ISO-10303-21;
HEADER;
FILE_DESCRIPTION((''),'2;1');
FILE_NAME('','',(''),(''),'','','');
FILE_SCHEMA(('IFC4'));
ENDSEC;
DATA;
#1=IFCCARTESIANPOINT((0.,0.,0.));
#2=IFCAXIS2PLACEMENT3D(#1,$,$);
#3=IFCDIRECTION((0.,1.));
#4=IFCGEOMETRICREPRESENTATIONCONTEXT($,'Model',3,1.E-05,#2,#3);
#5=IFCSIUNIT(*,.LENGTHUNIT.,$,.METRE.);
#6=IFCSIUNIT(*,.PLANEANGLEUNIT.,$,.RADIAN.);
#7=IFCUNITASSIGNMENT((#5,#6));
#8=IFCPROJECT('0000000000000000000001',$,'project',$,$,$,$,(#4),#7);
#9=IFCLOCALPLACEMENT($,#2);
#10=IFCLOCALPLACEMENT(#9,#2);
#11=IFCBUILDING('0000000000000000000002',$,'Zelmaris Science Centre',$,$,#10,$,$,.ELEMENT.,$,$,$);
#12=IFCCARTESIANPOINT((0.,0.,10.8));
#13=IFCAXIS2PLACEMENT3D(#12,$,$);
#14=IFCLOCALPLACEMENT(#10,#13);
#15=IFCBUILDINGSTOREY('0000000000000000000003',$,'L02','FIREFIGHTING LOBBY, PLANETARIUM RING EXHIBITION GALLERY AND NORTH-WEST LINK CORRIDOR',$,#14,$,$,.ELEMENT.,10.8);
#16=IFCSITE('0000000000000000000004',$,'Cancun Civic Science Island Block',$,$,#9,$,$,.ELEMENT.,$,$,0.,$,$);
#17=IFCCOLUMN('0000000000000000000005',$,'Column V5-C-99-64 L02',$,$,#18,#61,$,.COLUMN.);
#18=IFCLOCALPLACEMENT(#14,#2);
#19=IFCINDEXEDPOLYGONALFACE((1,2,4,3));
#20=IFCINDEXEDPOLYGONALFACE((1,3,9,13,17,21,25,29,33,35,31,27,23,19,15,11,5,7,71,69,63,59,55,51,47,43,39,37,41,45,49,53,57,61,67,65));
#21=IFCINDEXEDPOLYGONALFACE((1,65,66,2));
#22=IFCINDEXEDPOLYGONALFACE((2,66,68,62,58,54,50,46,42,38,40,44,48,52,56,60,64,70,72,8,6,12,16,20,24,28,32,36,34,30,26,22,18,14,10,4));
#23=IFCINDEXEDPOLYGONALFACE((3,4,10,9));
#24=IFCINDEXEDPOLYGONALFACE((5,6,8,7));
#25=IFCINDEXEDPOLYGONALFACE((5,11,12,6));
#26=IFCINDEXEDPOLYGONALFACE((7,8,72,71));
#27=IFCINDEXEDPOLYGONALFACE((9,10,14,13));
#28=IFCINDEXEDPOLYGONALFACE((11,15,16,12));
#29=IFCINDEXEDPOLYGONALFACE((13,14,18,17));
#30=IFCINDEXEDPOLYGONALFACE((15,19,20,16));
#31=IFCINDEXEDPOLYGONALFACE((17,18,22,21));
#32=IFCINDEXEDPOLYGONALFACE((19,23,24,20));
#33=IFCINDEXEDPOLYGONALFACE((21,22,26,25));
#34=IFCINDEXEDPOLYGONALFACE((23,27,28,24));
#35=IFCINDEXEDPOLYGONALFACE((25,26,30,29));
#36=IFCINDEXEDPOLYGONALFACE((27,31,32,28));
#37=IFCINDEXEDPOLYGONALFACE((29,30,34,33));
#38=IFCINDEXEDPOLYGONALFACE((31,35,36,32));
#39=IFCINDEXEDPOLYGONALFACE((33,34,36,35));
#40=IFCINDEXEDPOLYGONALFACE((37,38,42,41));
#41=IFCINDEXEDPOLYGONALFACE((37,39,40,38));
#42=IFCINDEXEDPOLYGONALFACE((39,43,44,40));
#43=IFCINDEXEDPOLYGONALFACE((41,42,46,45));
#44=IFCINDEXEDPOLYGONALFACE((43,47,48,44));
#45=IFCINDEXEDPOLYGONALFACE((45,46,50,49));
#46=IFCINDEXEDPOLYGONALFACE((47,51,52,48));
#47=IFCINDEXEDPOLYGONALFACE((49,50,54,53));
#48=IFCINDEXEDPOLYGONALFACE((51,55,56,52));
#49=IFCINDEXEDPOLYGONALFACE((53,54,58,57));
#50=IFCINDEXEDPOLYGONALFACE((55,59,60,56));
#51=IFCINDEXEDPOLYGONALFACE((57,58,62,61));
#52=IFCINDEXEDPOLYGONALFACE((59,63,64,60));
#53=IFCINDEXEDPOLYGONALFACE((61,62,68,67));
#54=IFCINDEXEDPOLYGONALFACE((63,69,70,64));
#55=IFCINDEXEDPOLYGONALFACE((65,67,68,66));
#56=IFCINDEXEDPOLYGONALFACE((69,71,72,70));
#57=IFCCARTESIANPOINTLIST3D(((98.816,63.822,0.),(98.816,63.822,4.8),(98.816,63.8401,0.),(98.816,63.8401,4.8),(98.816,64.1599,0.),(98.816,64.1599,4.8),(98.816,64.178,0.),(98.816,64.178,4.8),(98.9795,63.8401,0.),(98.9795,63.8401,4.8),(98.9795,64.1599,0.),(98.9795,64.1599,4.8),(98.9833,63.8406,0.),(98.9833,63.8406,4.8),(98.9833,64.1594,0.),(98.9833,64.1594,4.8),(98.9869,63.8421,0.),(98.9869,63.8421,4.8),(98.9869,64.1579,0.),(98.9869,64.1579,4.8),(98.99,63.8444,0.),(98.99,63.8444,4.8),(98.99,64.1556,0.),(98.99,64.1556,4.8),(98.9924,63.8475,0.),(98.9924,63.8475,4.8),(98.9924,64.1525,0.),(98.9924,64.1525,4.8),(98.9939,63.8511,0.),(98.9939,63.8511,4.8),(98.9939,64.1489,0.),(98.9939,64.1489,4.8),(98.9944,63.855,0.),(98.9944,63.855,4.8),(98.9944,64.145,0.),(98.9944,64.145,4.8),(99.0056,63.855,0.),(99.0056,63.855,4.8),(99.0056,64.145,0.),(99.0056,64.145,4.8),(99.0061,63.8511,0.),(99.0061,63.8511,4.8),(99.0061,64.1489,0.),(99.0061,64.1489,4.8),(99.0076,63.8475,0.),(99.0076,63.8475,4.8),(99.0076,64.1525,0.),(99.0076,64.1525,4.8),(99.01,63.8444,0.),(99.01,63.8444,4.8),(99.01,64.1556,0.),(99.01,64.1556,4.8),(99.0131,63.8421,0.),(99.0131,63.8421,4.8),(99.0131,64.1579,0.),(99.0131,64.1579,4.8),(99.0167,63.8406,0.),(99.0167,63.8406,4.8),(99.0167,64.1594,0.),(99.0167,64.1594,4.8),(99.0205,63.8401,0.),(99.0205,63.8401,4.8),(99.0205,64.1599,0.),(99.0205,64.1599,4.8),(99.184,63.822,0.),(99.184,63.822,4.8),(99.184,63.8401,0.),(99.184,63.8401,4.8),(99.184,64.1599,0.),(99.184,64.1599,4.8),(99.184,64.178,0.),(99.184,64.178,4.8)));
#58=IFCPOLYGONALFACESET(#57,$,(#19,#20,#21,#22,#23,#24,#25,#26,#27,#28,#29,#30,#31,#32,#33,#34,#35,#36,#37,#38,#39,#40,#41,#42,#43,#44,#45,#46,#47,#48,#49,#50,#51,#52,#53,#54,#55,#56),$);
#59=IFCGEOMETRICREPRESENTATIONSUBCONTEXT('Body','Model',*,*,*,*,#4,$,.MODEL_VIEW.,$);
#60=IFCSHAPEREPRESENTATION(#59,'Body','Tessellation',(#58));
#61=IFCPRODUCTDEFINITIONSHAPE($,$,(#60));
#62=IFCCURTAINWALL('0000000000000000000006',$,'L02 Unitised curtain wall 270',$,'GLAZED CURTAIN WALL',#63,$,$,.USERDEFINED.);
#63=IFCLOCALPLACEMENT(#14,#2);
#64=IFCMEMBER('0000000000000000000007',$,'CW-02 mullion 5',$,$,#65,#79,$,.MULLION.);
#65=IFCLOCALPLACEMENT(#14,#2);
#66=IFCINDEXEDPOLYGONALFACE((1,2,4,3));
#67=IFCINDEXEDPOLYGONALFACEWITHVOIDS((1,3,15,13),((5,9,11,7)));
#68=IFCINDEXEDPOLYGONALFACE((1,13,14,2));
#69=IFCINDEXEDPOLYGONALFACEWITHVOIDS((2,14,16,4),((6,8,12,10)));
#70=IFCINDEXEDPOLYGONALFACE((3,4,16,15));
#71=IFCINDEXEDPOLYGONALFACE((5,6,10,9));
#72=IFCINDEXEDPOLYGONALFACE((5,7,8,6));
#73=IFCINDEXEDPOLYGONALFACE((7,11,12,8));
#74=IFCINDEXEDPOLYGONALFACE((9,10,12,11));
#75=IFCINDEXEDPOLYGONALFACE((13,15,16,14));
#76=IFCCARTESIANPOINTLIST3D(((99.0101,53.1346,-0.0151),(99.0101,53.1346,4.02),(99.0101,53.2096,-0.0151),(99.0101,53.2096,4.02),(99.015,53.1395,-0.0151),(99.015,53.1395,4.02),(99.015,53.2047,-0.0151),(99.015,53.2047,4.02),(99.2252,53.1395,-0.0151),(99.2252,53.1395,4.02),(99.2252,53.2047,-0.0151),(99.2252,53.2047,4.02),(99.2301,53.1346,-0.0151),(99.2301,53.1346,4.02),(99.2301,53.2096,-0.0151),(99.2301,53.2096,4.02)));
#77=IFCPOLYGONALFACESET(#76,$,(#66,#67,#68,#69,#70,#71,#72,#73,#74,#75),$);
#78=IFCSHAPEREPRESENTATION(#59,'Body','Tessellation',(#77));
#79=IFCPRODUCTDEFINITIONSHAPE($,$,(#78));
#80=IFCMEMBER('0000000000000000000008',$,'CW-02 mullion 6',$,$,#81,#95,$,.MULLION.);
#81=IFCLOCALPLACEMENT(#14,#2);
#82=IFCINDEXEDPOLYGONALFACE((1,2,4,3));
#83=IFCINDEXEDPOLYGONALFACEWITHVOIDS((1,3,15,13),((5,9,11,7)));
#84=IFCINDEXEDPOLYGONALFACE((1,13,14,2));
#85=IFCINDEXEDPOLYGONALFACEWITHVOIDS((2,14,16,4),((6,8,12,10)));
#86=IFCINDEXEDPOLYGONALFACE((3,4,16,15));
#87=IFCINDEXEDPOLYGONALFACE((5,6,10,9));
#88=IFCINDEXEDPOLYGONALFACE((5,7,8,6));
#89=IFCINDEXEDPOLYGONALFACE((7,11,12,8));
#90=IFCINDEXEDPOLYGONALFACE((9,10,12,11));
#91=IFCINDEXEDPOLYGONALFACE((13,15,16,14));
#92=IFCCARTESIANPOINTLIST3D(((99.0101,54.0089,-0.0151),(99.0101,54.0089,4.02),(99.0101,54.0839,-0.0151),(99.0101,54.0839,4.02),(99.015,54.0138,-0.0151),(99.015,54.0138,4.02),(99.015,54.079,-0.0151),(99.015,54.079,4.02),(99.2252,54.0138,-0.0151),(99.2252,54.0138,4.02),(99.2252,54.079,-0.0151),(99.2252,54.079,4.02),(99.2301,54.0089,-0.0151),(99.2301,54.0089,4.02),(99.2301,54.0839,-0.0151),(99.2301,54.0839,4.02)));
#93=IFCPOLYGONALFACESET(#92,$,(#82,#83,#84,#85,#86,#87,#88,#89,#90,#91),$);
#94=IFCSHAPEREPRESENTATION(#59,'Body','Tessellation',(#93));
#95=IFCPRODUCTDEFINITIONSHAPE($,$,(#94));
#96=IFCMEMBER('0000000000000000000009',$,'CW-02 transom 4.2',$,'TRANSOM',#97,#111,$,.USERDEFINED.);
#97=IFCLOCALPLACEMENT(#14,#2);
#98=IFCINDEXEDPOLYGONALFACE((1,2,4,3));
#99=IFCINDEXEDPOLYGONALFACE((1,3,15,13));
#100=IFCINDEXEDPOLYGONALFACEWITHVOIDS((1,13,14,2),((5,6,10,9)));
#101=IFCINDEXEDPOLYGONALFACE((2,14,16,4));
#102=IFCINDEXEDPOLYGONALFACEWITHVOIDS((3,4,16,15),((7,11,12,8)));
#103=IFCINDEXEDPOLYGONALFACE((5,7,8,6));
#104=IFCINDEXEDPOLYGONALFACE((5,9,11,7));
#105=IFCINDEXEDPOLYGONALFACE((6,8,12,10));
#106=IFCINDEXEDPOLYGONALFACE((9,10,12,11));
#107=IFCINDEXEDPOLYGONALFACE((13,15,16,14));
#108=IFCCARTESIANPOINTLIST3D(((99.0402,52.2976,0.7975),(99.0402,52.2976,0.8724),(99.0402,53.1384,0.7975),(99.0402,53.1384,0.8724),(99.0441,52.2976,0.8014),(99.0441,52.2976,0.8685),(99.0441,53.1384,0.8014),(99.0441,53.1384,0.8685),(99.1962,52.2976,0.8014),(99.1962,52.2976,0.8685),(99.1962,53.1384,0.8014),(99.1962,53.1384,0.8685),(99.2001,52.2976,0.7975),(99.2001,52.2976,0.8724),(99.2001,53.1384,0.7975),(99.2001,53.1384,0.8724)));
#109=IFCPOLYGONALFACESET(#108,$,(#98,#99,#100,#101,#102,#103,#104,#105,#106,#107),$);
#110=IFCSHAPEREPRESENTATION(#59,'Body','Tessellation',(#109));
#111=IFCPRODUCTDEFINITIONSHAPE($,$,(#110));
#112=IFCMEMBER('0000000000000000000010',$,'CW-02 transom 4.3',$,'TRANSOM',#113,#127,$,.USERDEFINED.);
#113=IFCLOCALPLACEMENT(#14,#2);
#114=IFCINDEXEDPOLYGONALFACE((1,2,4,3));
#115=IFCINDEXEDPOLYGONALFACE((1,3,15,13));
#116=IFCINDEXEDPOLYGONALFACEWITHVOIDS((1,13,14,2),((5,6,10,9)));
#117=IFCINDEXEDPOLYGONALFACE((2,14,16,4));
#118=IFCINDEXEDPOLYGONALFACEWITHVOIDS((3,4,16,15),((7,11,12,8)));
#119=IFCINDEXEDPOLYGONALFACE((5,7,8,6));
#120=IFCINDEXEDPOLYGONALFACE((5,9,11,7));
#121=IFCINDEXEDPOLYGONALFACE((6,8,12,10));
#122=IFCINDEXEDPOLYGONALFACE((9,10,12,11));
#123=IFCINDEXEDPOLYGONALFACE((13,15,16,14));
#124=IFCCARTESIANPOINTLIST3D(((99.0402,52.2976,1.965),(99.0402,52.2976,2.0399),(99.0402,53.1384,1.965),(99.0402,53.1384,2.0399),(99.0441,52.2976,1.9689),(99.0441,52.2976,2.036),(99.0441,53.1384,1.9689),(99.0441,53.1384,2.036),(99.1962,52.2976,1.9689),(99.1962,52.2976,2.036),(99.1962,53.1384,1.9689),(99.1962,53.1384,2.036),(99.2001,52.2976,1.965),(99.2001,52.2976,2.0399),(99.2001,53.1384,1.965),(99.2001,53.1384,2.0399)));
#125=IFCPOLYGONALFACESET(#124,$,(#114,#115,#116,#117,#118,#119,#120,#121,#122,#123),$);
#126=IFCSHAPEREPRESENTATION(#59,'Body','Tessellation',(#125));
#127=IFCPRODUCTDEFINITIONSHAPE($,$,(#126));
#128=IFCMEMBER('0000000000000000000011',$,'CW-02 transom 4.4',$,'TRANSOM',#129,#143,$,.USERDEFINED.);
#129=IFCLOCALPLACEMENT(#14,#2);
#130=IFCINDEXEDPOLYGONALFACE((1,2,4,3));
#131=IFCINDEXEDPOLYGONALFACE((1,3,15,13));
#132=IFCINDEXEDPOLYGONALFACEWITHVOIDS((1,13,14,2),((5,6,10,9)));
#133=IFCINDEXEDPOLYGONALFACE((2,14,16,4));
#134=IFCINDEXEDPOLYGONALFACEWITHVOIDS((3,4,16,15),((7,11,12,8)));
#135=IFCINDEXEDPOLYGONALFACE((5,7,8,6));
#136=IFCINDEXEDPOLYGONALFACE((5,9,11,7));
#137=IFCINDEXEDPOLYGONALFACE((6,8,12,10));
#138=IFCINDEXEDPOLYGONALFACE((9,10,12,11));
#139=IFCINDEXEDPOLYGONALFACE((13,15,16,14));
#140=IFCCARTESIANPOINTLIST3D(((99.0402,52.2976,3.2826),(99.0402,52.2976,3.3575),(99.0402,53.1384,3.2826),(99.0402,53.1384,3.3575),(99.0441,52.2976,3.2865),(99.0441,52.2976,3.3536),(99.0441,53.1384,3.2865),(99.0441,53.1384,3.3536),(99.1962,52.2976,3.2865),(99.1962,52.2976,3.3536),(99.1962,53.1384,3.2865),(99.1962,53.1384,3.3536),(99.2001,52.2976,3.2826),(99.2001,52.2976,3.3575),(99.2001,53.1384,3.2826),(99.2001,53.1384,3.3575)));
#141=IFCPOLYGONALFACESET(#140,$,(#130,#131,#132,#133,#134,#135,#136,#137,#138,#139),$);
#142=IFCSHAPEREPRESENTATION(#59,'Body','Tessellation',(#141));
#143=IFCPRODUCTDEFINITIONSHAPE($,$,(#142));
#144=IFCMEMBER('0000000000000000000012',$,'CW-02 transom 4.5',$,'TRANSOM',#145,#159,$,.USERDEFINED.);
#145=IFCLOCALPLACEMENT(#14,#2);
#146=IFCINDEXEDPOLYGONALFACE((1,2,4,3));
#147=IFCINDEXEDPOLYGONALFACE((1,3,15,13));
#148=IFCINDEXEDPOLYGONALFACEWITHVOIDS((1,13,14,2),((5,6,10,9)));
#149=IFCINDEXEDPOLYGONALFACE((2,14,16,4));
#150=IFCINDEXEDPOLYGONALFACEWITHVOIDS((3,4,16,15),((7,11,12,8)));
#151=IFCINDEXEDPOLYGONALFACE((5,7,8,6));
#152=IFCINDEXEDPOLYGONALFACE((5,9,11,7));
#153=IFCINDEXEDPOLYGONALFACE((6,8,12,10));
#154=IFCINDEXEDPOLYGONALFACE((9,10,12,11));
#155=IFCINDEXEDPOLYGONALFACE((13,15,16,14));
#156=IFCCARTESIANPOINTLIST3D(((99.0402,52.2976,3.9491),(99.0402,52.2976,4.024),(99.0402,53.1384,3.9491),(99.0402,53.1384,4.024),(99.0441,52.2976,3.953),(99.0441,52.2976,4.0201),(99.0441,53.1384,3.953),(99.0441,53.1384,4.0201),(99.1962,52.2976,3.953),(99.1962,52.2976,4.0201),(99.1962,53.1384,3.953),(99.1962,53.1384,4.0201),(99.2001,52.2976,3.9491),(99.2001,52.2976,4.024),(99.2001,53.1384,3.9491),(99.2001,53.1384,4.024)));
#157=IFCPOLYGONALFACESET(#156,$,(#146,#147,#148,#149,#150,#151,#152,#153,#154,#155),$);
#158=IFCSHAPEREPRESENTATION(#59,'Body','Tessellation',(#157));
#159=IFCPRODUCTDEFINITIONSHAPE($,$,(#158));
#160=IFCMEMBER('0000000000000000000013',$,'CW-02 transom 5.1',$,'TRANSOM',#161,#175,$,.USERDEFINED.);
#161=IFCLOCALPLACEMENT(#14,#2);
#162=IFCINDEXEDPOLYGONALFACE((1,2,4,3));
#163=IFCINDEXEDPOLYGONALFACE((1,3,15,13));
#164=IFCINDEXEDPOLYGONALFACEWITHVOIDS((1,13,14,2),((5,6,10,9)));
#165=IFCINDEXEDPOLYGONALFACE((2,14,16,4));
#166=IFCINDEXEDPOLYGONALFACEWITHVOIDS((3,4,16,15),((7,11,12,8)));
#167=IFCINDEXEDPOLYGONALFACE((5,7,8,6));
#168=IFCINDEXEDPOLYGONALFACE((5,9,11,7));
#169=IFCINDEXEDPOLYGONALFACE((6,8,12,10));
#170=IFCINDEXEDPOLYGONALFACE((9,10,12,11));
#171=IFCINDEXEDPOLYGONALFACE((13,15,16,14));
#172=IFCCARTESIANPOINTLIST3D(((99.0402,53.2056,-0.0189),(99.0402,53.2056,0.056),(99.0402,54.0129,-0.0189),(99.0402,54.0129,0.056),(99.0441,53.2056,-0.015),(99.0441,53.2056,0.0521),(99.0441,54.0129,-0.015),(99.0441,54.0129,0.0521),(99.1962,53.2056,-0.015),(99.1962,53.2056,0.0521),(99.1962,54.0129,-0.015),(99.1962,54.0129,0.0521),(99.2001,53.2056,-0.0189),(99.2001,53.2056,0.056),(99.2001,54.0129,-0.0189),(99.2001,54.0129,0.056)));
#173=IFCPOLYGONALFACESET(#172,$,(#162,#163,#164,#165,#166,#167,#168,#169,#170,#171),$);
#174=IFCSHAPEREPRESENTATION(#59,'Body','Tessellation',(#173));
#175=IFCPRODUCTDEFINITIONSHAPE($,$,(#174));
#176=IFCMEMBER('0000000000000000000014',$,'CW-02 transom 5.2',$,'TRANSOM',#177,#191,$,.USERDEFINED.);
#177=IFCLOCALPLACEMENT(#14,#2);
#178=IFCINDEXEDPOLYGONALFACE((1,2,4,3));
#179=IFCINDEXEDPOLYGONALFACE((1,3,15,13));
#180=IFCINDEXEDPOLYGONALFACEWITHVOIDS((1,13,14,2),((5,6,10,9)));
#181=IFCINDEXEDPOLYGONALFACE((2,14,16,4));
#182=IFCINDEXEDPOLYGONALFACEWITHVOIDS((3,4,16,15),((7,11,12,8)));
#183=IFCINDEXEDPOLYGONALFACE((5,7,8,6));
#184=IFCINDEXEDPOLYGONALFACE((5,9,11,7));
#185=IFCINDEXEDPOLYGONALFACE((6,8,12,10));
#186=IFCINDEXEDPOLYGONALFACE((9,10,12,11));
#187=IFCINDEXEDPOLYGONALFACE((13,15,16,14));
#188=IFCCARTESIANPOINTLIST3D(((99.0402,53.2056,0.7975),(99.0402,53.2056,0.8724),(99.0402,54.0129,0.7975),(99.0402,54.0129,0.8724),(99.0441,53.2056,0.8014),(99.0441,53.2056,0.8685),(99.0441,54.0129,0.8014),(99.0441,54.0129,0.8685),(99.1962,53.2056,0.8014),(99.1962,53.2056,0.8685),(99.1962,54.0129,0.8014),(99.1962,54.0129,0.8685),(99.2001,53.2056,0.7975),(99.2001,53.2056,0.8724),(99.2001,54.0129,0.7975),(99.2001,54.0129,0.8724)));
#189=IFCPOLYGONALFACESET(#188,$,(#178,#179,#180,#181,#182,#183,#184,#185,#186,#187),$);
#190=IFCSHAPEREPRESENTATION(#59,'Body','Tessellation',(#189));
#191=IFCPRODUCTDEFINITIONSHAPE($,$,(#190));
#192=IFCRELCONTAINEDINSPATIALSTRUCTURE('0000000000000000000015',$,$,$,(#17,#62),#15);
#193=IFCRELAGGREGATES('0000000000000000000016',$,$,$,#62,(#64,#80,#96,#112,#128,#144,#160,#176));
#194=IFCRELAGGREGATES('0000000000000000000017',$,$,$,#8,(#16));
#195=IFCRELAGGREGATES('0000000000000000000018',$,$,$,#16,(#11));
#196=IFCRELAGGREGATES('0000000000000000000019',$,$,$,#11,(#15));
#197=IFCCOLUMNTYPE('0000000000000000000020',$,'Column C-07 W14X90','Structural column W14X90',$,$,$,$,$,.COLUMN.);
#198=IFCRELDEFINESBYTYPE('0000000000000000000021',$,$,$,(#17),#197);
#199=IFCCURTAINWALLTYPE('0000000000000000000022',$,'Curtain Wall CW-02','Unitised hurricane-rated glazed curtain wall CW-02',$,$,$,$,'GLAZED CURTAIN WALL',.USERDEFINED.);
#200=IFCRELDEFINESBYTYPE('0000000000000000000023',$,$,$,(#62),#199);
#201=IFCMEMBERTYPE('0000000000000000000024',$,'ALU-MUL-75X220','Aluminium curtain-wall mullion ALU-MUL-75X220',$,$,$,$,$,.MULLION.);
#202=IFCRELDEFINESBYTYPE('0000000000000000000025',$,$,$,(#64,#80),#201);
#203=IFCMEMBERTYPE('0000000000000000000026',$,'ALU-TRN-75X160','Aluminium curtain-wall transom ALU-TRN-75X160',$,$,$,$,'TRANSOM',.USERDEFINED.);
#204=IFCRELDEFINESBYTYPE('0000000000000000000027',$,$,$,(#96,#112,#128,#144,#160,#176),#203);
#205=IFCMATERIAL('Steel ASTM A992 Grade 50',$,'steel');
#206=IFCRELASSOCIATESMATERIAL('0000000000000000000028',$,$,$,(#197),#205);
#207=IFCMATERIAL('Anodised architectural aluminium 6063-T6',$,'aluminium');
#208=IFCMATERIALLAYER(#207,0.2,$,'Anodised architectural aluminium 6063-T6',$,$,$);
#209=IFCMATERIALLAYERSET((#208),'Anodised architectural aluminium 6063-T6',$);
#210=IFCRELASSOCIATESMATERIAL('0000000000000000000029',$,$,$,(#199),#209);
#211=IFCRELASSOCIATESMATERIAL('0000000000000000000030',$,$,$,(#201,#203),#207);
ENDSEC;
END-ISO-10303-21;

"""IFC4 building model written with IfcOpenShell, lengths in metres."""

from ifc_helpers import new_model, si_unit, direction, frame, origin, origin_2d, place, context, subcontext, project, spatial, hollow_rectangle, i_section, extrude, material, layer, layer_set, material_profile, profile_set, type_object, element, aggregate, save


model = new_model("IFC4")

# Units and contexts
model_context = context("Model", 3, precision=1e-05, world=origin(), true_north=direction((0.0, 1.0)))
body_context = subcontext(model_context, "Body", "Model", "MODEL_VIEW")
ifc_project = project(units=[si_unit("LENGTHUNIT", "METRE"), si_unit("PLANEANGLEUNIT", "RADIAN")], contexts=[model_context])

# Site, building, storey
site_placement = place(None, origin())
site = spatial("IfcSite", under=ifc_project, at=site_placement, Name="Cancun Civic Science Island Block", CompositionType="ELEMENT", RefElevation=0.0)
building_placement = place(site_placement, origin())
building = spatial("IfcBuilding", under=site, at=building_placement, Name="Zelmaris Science Centre", CompositionType="ELEMENT")
storey_placement = place(building_placement, frame((0.0, 0.0, 10.8)))
storey = spatial("IfcBuildingStorey", under=building, at=storey_placement, Name="L02", Description="FIREFIGHTING LOBBY, PLANETARIUM RING EXHIBITION GALLERY AND NORTH-WEST LINK CORRIDOR", CompositionType="ELEMENT", Elevation=10.8)

# Column
ifc_material_1 = material(Name="Steel ASTM A992 Grade 50", Category="steel")
ifc_material_profile_1 = material_profile(ifc_material_1, i_section(OverallWidth=0.3679, OverallDepth=0.356, WebThickness=0.0112, FlangeThickness=0.0181, FilletRadius=0.0149, at=origin_2d()), Name="W14X90")
ifc_profile_set_1 = profile_set([ifc_material_profile_1], Name="Steel ASTM A992 Grade 50")
column_type = type_object("IfcColumnType", Name="Column C-07 W14X90", Description="Structural column W14X90", PredefinedType="COLUMN", material=ifc_profile_set_1)
column_placement = place(storey_placement, frame((99.0, 64.0, 0.0), z_axis=(0.0, 0.0, 1.0), x_axis=(1.0, 0.0, 0.0)))
element("IfcColumn", 1, at=column_placement, inside=storey, type_object=column_type, Name="Column V5-C-99-64 L02", PredefinedType="COLUMN", context=body_context, shape_type="SweptSolid", body=[
    extrude(i_section(OverallWidth=0.3679, OverallDepth=0.356, WebThickness=0.0112, FlangeThickness=0.0181, FilletRadius=0.0149, at=origin_2d()), origin(), (0.0, 0.0, 1.0), 4.8),
])

# Curtain wall, members
ifc_material_2 = material(Name="Anodised architectural aluminium 6063-T6", Category="aluminium")
ifc_layer_1 = layer(ifc_material_2, 0.2, Name="Anodised architectural aluminium 6063-T6")
ifc_layer_set_1 = layer_set([ifc_layer_1], Name="Anodised architectural aluminium 6063-T6")
curtain_wall_type = type_object("IfcCurtainWallType", Name="Curtain Wall CW-02", Description="Unitised hurricane-rated glazed curtain wall CW-02", ElementType="GLAZED CURTAIN WALL", PredefinedType="USERDEFINED", material=ifc_layer_set_1)
curtain_wall_placement = place(storey_placement, origin())
curtain_wall = element("IfcCurtainWall", 2, at=curtain_wall_placement, inside=storey, type_object=curtain_wall_type, Name="L02 Unitised curtain wall 270", ObjectType="GLAZED CURTAIN WALL", PredefinedType="USERDEFINED")
ifc_material_profile_2 = material_profile(ifc_material_2, hollow_rectangle(XDim=0.075, YDim=0.22, WallThickness=0.0049, at=origin_2d()), Name="ALU-MUL-75X220")
ifc_profile_set_2 = profile_set([ifc_material_profile_2], Name="Anodised architectural aluminium 6063-T6")
member_type_1 = type_object("IfcMemberType", Name="ALU-MUL-75X220", Description="Aluminium curtain-wall mullion ALU-MUL-75X220", PredefinedType="MULLION", material=ifc_profile_set_2)
member_1_placement = place(storey_placement, frame((99.1201, 53.1721, -0.0151), z_axis=(0.0, 0.0, 1.0), x_axis=(-0.000005, 1.0, 0.0)))
member_1 = element("IfcMember", 3, at=member_1_placement, type_object=member_type_1, Name="CW-02 mullion 5", PredefinedType="MULLION", context=body_context, shape_type="SweptSolid", body=[
    extrude(hollow_rectangle(XDim=0.075, YDim=0.22, WallThickness=0.0049, at=origin_2d()), origin(), (0.0, 0.0, 1.0), 4.0352),
])
member_2_placement = place(storey_placement, frame((99.1201, 54.0464, -0.0151), z_axis=(0.0, 0.0, 1.0), x_axis=(-0.000005, 1.0, 0.0)))
member_2 = element("IfcMember", 4, at=member_2_placement, type_object=member_type_1, Name="CW-02 mullion 6", PredefinedType="MULLION", context=body_context, shape_type="SweptSolid", body=[
    extrude(hollow_rectangle(XDim=0.075, YDim=0.22, WallThickness=0.0049, at=origin_2d()), origin(), (0.0, 0.0, 1.0), 4.0352),
])
ifc_material_profile_3 = material_profile(ifc_material_2, hollow_rectangle(XDim=0.075, YDim=0.1599, WallThickness=0.0039, at=origin_2d()), Name="ALU-TRN-75X160")
ifc_profile_set_3 = profile_set([ifc_material_profile_3], Name="Anodised architectural aluminium 6063-T6")
member_type_2 = type_object("IfcMemberType", Name="ALU-TRN-75X160", Description="Aluminium curtain-wall transom ALU-TRN-75X160", ElementType="TRANSOM", PredefinedType="USERDEFINED", material=ifc_profile_set_3)
member_3_placement = place(storey_placement, frame((99.1201, 52.2976, 0.835), z_axis=(0.0, 1.0, 0.0), x_axis=(0.0, 0.0, 1.0)))
member_3 = element("IfcMember", 5, at=member_3_placement, type_object=member_type_2, Name="CW-02 transom 4.2", ObjectType="TRANSOM", PredefinedType="USERDEFINED", context=body_context, shape_type="SweptSolid", body=[
    extrude(hollow_rectangle(XDim=0.075, YDim=0.1599, WallThickness=0.0039, at=origin_2d()), origin(), (0.0, 0.0, 1.0), 0.8408),
])
member_4_placement = place(storey_placement, frame((99.1201, 52.2976, 2.0024), z_axis=(0.0, 1.0, 0.0), x_axis=(0.0, 0.0, 1.0)))
member_4 = element("IfcMember", 6, at=member_4_placement, type_object=member_type_2, Name="CW-02 transom 4.3", ObjectType="TRANSOM", PredefinedType="USERDEFINED", context=body_context, shape_type="SweptSolid", body=[
    extrude(hollow_rectangle(XDim=0.075, YDim=0.1599, WallThickness=0.0039, at=origin_2d()), origin(), (0.0, 0.0, 1.0), 0.8408),
])
member_5_placement = place(storey_placement, frame((99.1201, 52.2976, 3.3201), z_axis=(0.0, 1.0, 0.0), x_axis=(0.0, 0.0, 1.0)))
member_5 = element("IfcMember", 7, at=member_5_placement, type_object=member_type_2, Name="CW-02 transom 4.4", ObjectType="TRANSOM", PredefinedType="USERDEFINED", context=body_context, shape_type="SweptSolid", body=[
    extrude(hollow_rectangle(XDim=0.075, YDim=0.1599, WallThickness=0.0039, at=origin_2d()), origin(), (0.0, 0.0, 1.0), 0.8408),
])
member_6_placement = place(storey_placement, frame((99.1201, 52.2976, 3.9866), z_axis=(0.0, 1.0, 0.0), x_axis=(0.0, 0.0, 1.0)))
member_6 = element("IfcMember", 8, at=member_6_placement, type_object=member_type_2, Name="CW-02 transom 4.5", ObjectType="TRANSOM", PredefinedType="USERDEFINED", context=body_context, shape_type="SweptSolid", body=[
    extrude(hollow_rectangle(XDim=0.075, YDim=0.1599, WallThickness=0.0039, at=origin_2d()), origin(), (0.0, 0.0, 1.0), 0.8408),
])
member_7_placement = place(storey_placement, frame((99.1201, 53.2056, 0.0186), z_axis=(0.0, 1.0, 0.0), x_axis=(0.0, 0.0, 1.0)))
member_7 = element("IfcMember", 9, at=member_7_placement, type_object=member_type_2, Name="CW-02 transom 5.1", ObjectType="TRANSOM", PredefinedType="USERDEFINED", context=body_context, shape_type="SweptSolid", body=[
    extrude(hollow_rectangle(XDim=0.075, YDim=0.1599, WallThickness=0.0039, at=origin_2d()), origin(), (0.0, 0.0, 1.0), 0.8074),
])
member_8_placement = place(storey_placement, frame((99.1201, 53.2056, 0.835), z_axis=(0.0, 1.0, 0.0), x_axis=(0.0, 0.0, 1.0)))
member_8 = element("IfcMember", 10, at=member_8_placement, type_object=member_type_2, Name="CW-02 transom 5.2", ObjectType="TRANSOM", PredefinedType="USERDEFINED", context=body_context, shape_type="SweptSolid", body=[
    extrude(hollow_rectangle(XDim=0.075, YDim=0.1599, WallThickness=0.0039, at=origin_2d()), origin(), (0.0, 0.0, 1.0), 0.8074),
])

aggregate(curtain_wall, [member_1, member_2, member_3, member_4, member_5, member_6, member_7, member_8])

save(model, "model.ifc")
